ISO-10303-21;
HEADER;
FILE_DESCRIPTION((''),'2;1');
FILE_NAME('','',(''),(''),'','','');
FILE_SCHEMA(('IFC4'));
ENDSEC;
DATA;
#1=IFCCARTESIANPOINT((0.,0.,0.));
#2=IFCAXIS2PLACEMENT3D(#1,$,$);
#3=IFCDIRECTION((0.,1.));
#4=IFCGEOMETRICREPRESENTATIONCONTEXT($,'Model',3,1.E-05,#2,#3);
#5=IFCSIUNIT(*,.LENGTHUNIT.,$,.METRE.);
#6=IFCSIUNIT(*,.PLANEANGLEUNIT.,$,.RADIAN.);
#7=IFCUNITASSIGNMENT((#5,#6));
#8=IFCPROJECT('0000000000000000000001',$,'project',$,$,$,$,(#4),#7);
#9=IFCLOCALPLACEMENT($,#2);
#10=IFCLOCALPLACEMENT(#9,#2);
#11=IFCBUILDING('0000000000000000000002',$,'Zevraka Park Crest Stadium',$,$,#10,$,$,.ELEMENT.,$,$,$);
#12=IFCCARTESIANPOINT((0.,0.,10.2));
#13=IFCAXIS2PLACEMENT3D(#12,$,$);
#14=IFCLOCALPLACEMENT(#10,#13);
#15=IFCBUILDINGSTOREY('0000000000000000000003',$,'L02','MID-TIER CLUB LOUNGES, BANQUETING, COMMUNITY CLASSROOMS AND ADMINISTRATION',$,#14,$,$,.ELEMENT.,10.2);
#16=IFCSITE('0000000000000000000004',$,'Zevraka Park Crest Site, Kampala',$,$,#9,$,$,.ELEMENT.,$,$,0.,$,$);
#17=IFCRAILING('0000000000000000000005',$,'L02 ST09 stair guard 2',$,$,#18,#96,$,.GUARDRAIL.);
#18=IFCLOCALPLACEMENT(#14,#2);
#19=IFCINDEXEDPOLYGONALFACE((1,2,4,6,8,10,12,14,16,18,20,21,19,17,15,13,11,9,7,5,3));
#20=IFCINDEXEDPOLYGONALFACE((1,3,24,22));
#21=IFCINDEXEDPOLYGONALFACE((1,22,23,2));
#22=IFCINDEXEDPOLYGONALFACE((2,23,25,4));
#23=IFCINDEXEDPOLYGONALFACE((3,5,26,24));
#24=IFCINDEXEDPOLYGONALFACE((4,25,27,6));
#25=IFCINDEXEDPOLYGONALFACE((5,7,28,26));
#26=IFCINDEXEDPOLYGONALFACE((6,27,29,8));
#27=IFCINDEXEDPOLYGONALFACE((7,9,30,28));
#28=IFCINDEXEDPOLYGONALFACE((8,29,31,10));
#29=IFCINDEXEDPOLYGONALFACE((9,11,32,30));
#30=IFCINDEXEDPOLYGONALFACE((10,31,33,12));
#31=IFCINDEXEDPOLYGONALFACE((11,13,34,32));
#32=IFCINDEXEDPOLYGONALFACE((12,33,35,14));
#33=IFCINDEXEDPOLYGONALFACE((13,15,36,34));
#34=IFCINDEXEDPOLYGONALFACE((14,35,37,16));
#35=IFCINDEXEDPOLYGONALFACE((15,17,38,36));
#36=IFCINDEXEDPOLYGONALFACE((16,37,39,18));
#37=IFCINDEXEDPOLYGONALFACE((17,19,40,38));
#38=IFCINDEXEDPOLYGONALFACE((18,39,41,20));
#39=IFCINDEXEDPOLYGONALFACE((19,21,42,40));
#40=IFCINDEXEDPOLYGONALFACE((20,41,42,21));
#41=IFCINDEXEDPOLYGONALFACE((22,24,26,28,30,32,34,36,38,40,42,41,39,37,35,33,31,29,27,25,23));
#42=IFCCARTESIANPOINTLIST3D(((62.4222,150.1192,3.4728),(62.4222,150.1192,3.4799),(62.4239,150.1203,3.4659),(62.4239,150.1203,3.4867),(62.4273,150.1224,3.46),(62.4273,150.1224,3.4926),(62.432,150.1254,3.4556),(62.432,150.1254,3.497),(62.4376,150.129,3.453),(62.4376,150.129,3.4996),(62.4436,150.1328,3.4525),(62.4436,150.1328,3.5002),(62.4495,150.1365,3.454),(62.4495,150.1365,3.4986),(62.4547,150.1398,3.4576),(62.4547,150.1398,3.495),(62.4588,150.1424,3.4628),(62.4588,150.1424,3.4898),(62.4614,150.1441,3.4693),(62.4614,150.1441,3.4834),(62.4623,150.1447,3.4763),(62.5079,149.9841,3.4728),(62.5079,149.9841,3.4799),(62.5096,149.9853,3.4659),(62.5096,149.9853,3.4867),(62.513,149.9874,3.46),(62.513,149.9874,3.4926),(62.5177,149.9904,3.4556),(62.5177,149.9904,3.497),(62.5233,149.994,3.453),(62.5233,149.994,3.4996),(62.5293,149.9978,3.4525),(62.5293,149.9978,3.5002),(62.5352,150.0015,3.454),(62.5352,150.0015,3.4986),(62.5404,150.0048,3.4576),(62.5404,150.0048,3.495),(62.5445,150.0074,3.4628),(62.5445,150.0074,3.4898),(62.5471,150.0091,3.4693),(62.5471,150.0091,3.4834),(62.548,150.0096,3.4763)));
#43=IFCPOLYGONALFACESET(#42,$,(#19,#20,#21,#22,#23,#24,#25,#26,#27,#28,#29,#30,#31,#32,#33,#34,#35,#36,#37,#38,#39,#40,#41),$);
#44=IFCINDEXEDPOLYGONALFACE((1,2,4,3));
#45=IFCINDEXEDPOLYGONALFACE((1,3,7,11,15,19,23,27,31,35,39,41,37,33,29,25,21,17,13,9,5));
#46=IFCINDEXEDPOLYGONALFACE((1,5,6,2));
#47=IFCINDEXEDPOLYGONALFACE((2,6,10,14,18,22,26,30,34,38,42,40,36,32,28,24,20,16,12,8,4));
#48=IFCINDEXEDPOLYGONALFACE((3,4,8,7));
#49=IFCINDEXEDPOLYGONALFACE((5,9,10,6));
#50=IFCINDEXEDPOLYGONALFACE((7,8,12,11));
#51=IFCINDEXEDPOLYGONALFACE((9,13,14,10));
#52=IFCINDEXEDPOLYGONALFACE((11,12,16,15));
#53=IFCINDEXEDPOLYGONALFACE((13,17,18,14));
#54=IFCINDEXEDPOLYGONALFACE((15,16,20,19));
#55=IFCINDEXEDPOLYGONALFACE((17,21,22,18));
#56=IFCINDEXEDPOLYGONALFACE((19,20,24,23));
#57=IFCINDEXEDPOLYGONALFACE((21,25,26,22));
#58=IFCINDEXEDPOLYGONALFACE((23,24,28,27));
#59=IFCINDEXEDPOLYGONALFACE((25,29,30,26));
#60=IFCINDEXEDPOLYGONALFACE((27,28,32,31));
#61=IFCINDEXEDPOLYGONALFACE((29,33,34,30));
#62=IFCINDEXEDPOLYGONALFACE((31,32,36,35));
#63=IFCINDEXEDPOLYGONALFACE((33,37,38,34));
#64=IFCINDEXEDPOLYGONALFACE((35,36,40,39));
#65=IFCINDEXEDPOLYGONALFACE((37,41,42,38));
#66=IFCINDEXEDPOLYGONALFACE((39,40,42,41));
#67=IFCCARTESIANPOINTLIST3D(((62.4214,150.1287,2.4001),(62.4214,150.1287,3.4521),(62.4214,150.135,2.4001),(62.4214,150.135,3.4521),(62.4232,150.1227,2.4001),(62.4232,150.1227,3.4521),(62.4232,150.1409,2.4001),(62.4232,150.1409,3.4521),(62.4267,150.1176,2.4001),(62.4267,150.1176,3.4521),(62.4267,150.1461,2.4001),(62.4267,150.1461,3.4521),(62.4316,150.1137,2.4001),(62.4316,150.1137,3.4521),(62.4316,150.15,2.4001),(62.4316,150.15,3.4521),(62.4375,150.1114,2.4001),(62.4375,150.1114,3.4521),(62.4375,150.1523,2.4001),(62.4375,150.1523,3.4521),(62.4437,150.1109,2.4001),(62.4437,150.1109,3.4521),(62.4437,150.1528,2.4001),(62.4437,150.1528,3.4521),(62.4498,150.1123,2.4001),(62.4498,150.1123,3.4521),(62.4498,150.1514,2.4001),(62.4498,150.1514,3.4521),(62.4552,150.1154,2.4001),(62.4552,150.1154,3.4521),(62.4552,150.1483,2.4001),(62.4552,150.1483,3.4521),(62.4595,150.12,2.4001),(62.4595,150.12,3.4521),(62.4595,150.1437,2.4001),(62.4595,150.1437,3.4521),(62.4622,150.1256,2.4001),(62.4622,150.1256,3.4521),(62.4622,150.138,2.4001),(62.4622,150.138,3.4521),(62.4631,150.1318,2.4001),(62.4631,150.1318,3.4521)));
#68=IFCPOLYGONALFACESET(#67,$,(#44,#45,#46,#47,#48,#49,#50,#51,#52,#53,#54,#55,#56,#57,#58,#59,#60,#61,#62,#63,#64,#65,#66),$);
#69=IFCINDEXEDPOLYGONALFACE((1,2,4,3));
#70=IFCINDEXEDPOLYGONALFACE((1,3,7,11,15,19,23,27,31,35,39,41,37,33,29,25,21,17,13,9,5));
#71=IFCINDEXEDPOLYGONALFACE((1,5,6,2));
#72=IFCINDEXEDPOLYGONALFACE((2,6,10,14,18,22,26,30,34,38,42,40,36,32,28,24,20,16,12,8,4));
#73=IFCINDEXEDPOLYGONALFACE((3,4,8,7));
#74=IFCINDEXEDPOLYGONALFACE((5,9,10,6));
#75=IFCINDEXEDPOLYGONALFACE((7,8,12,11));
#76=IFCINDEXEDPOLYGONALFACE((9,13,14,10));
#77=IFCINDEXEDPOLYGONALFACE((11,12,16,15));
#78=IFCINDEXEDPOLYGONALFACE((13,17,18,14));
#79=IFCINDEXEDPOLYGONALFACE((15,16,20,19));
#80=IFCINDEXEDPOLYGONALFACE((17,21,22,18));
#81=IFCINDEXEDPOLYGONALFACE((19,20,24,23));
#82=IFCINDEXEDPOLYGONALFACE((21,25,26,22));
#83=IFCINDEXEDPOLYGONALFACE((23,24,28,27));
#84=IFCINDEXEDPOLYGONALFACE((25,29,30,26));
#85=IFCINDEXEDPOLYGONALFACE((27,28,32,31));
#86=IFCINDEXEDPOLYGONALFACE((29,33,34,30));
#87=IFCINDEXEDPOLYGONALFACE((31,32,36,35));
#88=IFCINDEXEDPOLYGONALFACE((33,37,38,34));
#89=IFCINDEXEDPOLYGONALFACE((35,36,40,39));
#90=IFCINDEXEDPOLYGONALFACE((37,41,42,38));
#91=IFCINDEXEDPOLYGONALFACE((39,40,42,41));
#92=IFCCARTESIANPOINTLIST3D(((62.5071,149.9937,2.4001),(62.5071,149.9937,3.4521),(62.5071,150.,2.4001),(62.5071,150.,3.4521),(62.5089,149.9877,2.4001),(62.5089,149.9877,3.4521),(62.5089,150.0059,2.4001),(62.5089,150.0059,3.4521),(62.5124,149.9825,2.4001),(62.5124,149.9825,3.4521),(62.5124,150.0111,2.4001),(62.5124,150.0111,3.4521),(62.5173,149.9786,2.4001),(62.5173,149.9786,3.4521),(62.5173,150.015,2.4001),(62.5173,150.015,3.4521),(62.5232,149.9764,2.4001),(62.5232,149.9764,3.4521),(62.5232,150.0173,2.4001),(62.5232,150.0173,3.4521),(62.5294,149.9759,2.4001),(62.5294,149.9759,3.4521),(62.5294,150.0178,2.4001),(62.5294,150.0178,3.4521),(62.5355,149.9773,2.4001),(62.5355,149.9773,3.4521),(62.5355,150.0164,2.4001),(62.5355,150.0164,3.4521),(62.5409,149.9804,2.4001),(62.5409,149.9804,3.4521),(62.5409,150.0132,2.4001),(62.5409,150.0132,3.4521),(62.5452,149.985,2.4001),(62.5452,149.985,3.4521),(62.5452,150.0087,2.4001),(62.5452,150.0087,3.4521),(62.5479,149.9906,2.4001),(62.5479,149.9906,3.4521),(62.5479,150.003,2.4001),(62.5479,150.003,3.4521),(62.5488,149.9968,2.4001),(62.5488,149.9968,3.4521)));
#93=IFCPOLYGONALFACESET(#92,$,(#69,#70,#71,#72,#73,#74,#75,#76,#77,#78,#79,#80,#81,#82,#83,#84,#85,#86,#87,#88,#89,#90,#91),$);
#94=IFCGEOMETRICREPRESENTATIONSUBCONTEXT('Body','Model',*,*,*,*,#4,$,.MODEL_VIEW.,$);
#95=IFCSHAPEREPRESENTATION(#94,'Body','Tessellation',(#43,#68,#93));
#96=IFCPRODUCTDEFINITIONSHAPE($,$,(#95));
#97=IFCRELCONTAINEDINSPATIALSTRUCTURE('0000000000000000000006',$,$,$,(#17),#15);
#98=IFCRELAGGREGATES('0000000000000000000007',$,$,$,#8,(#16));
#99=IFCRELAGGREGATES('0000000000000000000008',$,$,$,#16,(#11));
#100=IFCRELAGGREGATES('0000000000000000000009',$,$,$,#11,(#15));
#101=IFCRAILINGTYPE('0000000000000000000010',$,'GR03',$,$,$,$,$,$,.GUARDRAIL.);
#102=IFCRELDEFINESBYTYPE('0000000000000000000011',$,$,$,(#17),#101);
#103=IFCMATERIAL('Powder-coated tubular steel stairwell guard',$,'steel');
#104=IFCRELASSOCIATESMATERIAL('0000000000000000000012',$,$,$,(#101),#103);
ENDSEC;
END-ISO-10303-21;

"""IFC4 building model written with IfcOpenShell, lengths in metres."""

from ifc_helpers import new_model, si_unit, direction, frame, origin, origin_2d, place, context, subcontext, project, spatial, circle, extrude, material, type_object, element, save


model = new_model("IFC4")

# Units and contexts
model_context = context("Model", 3, precision=1e-05, world=origin(), true_north=direction((0.0, 1.0)))
body_context = subcontext(model_context, "Body", "Model", "MODEL_VIEW")
ifc_project = project(units=[si_unit("LENGTHUNIT", "METRE"), si_unit("PLANEANGLEUNIT", "RADIAN")], contexts=[model_context])

# Site, building, storey
site_placement = place(None, origin())
site = spatial("IfcSite", under=ifc_project, at=site_placement, Name="Zevraka Park Crest Site, Kampala", CompositionType="ELEMENT", RefElevation=0.0)
building_placement = place(site_placement, origin())
building = spatial("IfcBuilding", under=site, at=building_placement, Name="Zevraka Park Crest Stadium", CompositionType="ELEMENT")
storey_placement = place(building_placement, frame((0.0, 0.0, 10.2)))
storey = spatial("IfcBuildingStorey", under=building, at=storey_placement, Name="L02", Description="MID-TIER CLUB LOUNGES, BANQUETING, COMMUNITY CLASSROOMS AND ADMINISTRATION", CompositionType="ELEMENT", Elevation=10.2)

# Railing
ifc_material_1 = material(Name="Powder-coated tubular steel stairwell guard", Category="steel")
railing_type_1 = type_object("IfcRailingType", Name="GR03", PredefinedType="GUARDRAIL", material=ifc_material_1)
railing_1_placement = place(storey_placement, frame((62.4421, 150.1318, 2.4001)))
element("IfcRailing", 1, at=railing_1_placement, inside=storey, type_object=railing_type_1, Name="L02 ST09 stair guard 2", PredefinedType="GUARDRAIL", context=body_context, shape_type="SweptSolid", body=[
    extrude(circle(Radius=0.0239, at=origin_2d()), frame((0.0, 0.0, 1.0762), z_axis=(0.535887, -0.84429, 0.0), x_axis=(0.84429, 0.535887, 0.0)), (0.0, 0.0, 1.0), 0.1599),
    extrude(circle(Radius=0.021, at=origin_2d()), origin(), (0.0, 0.0, 1.0), 1.052),
    extrude(circle(Radius=0.021, at=origin_2d()), frame((0.0857, -0.135, 0.0)), (0.0, 0.0, 1.0), 1.052),
])

save(model, "model.ifc")
